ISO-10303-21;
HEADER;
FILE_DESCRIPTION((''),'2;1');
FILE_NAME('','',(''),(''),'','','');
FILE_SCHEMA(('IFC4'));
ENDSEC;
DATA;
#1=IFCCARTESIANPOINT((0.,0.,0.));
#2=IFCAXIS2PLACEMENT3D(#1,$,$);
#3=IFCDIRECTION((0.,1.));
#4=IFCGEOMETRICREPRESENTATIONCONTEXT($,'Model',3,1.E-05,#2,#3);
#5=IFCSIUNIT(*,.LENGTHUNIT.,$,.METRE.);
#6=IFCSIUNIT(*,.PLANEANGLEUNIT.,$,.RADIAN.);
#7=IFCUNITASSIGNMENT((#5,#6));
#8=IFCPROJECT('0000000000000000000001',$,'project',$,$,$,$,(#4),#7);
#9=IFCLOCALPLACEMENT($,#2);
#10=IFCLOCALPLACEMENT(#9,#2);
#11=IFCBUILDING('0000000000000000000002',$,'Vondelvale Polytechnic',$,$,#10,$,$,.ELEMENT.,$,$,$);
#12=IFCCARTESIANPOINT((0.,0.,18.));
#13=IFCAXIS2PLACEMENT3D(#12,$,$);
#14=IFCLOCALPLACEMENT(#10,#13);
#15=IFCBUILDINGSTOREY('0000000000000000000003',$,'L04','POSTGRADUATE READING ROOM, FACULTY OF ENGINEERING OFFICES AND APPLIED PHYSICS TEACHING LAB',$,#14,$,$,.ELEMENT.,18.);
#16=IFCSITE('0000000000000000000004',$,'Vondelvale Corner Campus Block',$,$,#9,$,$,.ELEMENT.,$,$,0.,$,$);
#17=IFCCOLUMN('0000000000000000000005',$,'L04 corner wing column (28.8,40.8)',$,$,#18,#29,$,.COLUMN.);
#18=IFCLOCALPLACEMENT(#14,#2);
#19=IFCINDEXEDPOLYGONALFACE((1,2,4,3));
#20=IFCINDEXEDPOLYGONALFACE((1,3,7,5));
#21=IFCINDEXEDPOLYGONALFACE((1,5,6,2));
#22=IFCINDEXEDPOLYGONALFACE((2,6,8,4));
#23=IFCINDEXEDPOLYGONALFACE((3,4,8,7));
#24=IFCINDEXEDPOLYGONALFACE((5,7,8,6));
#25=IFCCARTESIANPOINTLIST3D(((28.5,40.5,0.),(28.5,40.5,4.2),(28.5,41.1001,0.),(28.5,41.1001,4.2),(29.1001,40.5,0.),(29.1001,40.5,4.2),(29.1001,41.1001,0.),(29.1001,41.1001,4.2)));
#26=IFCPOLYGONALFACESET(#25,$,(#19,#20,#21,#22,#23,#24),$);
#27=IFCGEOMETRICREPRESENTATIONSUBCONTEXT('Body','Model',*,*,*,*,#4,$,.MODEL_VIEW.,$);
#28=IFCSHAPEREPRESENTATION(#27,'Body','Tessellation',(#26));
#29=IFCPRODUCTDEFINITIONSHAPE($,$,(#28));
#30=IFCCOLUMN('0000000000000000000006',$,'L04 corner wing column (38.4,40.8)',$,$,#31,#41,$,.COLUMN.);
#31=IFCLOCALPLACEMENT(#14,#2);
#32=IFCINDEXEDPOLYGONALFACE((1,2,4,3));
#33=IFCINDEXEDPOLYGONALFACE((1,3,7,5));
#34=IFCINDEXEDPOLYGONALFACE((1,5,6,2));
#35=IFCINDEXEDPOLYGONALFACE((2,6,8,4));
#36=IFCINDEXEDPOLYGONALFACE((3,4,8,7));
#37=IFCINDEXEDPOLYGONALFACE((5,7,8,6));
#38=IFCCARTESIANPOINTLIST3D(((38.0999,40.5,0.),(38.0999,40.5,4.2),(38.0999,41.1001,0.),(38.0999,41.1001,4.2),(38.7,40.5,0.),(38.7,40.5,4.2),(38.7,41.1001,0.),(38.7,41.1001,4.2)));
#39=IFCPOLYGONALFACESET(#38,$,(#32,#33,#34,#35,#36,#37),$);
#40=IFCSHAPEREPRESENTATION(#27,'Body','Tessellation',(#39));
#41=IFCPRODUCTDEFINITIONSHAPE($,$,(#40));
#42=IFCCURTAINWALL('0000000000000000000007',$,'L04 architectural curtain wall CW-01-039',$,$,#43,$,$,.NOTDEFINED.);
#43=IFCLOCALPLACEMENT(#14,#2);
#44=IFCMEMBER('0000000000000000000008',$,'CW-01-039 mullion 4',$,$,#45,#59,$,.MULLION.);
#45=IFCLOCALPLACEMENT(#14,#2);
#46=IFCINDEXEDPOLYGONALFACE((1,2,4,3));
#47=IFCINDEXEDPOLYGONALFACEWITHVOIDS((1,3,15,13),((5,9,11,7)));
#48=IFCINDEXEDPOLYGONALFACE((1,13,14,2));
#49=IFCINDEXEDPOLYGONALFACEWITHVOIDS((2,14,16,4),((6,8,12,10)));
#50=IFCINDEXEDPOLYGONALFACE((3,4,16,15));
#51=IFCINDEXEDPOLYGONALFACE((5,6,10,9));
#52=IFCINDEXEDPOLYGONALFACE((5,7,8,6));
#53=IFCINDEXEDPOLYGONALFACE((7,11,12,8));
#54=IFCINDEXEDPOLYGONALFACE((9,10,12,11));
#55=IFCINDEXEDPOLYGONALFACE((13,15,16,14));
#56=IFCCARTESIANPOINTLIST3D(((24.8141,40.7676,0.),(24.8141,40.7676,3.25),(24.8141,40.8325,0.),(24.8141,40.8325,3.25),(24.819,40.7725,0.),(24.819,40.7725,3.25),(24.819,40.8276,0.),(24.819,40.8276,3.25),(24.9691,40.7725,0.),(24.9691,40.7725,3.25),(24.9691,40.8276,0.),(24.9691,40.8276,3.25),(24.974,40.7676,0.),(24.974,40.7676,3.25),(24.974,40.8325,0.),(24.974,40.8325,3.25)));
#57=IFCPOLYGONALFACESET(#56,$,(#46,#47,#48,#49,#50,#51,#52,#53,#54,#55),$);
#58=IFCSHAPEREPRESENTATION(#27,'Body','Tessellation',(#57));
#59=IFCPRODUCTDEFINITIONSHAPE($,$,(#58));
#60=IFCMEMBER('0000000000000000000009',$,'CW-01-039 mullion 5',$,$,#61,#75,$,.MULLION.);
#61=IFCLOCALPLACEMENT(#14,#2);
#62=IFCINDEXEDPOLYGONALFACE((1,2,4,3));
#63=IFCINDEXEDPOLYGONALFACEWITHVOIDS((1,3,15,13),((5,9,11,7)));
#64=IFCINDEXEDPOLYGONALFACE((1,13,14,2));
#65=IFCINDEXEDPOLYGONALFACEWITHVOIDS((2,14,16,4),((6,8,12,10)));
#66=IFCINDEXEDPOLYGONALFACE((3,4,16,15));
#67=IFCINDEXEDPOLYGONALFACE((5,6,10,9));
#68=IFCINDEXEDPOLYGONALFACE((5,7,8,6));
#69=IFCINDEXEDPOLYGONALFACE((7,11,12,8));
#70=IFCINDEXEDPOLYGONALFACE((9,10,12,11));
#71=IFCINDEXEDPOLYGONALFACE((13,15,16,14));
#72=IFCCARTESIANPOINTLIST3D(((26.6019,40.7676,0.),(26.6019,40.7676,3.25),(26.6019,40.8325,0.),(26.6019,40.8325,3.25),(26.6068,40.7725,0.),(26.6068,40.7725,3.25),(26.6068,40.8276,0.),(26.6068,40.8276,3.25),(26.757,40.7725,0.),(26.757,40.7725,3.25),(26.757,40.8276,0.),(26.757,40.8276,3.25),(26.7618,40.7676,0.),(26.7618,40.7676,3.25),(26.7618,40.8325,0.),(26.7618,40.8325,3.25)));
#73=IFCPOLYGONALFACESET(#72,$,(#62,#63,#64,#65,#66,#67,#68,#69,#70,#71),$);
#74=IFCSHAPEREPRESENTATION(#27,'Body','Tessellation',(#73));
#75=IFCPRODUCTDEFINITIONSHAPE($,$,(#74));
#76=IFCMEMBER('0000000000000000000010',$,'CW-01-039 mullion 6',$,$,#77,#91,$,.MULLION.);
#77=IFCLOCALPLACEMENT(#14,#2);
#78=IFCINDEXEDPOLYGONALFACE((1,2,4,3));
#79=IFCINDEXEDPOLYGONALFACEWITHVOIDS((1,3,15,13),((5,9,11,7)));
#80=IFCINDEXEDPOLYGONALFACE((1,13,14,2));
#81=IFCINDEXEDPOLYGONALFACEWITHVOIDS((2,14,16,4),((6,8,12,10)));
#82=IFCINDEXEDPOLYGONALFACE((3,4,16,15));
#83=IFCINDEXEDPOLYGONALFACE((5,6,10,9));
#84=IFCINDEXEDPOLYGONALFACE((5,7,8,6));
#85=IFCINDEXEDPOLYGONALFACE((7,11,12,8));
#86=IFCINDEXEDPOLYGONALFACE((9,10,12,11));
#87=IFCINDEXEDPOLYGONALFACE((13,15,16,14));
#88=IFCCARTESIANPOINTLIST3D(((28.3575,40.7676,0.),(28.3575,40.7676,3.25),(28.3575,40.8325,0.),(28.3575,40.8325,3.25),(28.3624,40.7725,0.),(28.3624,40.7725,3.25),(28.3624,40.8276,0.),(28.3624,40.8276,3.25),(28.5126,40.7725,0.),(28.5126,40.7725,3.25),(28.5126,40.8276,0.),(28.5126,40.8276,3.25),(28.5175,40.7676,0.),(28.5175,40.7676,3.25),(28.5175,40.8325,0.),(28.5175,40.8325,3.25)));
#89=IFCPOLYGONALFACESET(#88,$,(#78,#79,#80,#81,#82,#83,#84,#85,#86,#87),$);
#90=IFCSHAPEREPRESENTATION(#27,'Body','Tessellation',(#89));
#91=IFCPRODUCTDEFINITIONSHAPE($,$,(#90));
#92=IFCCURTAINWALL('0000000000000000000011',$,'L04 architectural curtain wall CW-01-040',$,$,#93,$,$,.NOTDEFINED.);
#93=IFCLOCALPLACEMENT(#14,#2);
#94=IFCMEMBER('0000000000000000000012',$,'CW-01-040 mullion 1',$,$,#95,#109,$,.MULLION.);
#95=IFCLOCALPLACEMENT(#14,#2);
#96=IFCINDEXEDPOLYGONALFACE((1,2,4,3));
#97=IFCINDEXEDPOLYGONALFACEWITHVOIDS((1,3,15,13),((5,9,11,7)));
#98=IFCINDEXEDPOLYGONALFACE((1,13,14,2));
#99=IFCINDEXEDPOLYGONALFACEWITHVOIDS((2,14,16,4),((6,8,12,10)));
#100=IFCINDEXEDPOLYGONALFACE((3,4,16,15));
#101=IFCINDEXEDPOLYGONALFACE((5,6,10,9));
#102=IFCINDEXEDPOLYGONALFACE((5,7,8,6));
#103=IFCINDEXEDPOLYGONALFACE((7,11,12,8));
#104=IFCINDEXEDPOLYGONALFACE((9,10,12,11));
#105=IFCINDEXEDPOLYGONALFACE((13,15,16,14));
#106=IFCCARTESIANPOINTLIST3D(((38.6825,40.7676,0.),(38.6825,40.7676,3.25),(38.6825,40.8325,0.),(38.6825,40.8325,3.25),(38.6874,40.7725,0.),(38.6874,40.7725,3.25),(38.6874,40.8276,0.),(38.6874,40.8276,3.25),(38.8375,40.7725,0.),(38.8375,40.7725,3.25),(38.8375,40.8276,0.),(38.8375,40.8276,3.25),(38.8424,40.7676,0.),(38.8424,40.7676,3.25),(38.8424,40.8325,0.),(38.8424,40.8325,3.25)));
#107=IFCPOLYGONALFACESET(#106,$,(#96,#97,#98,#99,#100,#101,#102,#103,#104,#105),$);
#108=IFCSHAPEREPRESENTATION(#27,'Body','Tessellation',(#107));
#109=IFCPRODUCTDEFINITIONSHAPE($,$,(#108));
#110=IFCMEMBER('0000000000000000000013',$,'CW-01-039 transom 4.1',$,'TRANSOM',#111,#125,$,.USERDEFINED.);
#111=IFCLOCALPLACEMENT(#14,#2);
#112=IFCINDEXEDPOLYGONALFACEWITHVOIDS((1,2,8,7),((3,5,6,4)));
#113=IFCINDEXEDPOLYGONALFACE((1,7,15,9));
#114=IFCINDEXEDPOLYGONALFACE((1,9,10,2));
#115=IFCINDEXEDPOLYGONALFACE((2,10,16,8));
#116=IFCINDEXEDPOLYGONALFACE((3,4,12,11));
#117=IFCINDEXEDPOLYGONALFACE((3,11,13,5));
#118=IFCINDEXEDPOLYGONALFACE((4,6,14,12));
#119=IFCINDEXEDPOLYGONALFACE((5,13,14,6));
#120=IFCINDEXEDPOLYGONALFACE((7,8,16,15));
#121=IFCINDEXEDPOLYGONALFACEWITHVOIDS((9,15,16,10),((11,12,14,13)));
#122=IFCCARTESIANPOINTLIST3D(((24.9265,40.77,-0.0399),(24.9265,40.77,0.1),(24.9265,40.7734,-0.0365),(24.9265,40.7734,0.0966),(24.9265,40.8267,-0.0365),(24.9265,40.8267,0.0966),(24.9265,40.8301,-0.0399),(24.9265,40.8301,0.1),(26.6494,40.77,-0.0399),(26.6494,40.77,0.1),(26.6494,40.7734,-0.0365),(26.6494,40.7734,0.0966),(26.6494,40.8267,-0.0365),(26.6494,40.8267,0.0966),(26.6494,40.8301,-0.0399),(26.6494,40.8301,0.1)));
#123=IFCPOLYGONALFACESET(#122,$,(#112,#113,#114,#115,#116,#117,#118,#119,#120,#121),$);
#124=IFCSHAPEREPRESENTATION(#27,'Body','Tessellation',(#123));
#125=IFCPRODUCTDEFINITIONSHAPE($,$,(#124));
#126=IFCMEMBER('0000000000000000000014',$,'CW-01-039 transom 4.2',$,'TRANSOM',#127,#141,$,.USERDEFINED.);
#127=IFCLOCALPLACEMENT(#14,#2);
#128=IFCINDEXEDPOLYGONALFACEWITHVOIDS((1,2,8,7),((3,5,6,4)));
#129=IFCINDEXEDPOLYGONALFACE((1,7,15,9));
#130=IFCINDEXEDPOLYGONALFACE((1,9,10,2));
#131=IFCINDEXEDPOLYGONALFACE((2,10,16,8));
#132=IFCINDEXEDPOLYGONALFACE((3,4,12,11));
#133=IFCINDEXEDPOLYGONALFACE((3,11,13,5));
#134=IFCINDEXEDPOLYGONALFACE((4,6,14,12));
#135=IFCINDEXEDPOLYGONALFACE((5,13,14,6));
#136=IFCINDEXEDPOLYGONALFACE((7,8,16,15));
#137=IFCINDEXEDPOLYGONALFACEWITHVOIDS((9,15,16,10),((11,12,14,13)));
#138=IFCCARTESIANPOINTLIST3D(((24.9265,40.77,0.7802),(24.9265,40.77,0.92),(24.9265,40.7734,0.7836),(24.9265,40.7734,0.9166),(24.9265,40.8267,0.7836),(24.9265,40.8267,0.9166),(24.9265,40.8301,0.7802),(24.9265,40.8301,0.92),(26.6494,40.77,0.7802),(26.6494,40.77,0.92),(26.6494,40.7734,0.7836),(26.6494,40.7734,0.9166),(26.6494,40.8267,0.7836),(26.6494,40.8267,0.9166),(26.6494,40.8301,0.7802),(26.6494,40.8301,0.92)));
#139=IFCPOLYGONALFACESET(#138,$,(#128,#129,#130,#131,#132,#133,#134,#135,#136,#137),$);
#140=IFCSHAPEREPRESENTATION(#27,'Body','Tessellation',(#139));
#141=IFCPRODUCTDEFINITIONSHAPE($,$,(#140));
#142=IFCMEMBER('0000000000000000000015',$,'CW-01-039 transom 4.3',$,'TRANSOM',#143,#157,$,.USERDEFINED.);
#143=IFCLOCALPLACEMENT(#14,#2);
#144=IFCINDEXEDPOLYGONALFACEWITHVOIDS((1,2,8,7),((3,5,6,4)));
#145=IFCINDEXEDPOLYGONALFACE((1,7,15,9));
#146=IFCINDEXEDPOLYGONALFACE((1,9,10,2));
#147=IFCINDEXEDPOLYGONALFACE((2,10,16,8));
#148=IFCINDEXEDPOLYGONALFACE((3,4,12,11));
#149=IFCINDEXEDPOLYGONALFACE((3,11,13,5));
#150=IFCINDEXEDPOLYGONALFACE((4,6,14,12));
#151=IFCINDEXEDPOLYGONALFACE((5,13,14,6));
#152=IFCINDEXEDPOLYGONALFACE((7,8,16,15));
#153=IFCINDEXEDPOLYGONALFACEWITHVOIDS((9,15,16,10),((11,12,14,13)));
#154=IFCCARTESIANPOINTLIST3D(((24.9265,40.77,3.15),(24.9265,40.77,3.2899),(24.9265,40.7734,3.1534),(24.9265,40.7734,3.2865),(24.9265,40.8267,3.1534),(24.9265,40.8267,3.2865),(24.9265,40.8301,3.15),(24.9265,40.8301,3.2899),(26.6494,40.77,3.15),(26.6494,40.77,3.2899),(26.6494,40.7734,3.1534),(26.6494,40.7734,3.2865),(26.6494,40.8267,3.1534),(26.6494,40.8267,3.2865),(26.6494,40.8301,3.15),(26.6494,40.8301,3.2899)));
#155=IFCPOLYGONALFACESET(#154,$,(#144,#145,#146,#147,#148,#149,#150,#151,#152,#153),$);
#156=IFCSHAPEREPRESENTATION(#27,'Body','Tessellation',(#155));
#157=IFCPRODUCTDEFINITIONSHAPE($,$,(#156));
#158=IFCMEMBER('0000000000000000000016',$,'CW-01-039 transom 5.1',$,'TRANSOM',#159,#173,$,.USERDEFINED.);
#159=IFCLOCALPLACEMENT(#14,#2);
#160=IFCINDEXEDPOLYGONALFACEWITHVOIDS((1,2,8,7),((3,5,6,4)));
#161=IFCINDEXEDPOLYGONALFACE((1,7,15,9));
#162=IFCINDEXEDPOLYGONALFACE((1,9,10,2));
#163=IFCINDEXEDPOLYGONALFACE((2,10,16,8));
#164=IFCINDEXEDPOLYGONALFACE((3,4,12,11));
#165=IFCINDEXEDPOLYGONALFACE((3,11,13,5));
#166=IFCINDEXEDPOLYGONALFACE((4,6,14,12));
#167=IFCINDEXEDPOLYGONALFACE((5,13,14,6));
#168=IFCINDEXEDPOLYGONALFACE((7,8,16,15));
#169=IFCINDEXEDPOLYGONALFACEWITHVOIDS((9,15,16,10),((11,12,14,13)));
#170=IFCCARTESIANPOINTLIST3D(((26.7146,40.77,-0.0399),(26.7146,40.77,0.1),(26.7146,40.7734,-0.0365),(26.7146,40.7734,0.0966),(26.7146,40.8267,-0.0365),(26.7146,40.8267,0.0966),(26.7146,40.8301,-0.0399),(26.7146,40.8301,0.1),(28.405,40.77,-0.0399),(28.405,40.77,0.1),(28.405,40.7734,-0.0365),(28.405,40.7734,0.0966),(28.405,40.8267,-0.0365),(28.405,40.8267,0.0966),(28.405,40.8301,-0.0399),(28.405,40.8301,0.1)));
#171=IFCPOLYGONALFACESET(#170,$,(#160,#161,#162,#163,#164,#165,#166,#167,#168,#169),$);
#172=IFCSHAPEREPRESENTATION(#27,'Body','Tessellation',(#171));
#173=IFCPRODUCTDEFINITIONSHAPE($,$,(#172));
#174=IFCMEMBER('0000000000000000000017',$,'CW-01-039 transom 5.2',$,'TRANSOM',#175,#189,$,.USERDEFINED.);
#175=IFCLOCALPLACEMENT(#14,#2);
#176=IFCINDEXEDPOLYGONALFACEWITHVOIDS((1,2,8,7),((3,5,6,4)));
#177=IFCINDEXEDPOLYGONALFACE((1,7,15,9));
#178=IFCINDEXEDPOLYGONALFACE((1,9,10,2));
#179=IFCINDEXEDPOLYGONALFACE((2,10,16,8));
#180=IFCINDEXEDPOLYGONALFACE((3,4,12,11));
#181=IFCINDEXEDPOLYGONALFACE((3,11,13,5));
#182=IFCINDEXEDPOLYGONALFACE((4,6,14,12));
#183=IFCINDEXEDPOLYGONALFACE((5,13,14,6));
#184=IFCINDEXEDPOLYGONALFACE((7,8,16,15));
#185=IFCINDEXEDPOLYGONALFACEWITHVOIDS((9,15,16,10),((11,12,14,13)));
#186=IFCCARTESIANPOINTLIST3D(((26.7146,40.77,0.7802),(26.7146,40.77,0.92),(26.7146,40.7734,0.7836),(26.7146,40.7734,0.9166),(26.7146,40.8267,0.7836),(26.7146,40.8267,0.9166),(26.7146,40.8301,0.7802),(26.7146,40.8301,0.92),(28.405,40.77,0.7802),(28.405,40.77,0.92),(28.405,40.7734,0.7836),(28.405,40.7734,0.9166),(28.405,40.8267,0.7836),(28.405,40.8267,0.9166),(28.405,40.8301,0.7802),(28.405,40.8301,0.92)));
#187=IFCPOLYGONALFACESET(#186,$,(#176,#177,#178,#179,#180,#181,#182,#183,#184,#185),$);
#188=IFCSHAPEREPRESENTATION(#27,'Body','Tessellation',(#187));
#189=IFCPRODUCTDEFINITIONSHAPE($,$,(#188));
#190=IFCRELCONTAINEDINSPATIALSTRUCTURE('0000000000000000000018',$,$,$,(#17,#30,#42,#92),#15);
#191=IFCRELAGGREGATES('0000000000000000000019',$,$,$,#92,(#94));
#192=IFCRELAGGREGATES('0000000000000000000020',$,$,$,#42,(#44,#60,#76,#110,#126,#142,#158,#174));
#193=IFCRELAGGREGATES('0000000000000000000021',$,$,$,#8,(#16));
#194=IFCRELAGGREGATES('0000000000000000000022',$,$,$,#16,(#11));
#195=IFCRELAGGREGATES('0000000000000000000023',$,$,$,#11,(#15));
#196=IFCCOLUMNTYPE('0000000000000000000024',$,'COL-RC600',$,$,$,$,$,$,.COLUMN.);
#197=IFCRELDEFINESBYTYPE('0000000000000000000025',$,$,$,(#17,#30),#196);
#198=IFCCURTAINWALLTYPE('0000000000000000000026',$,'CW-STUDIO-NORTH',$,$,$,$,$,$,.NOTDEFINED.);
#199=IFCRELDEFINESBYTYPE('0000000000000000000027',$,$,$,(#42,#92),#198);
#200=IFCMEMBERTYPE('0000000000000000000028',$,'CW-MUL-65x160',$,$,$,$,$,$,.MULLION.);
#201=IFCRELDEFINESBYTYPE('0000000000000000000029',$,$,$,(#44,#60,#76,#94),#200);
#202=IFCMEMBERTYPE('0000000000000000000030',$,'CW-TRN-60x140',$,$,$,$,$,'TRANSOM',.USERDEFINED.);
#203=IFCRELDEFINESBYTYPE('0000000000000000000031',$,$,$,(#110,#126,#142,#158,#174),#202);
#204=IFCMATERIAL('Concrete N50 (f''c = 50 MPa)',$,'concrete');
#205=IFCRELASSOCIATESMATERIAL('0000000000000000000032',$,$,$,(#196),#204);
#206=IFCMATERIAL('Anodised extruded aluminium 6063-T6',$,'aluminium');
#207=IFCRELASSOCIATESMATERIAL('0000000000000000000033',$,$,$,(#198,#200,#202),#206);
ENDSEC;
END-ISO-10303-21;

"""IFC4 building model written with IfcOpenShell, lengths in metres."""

from ifc_helpers import new_model, si_unit, direction, frame, origin, origin_2d, place, context, subcontext, project, spatial, rectangle, hollow_rectangle, extrude, material, material_profile, profile_set, type_object, element, aggregate, save


model = new_model("IFC4")

# Units and contexts
model_context = context("Model", 3, precision=1e-05, world=origin(), true_north=direction((0.0, 1.0)))
body_context = subcontext(model_context, "Body", "Model", "MODEL_VIEW")
ifc_project = project(units=[si_unit("LENGTHUNIT", "METRE"), si_unit("PLANEANGLEUNIT", "RADIAN")], contexts=[model_context])

# Site, building, storey
site_placement = place(None, origin())
site = spatial("IfcSite", under=ifc_project, at=site_placement, Name="Vondelvale Corner Campus Block", CompositionType="ELEMENT", RefElevation=0.0)
building_placement = place(site_placement, origin())
building = spatial("IfcBuilding", under=site, at=building_placement, Name="Vondelvale Polytechnic", CompositionType="ELEMENT")
storey_placement = place(building_placement, frame((0.0, 0.0, 18.0)))
storey = spatial("IfcBuildingStorey", under=building, at=storey_placement, Name="L04", Description="POSTGRADUATE READING ROOM, FACULTY OF ENGINEERING OFFICES AND APPLIED PHYSICS TEACHING LAB", CompositionType="ELEMENT", Elevation=18.0)

# Columns
ifc_material_1 = material(Name="Concrete N50 (f'c = 50 MPa)", Category="concrete")
ifc_material_profile_1 = material_profile(ifc_material_1, rectangle(XDim=0.6001, YDim=0.6001, at=origin_2d()), Name="RC-COL-600x600")
ifc_profile_set_1 = profile_set([ifc_material_profile_1], Name="Concrete N50 (f'c = 50 MPa)")
column_type = type_object("IfcColumnType", Name="COL-RC600", PredefinedType="COLUMN", material=ifc_profile_set_1)
for number, where, z_axis, x_axis, name in (
    (1, (28.8, 40.8, 0.0), (0.0, 0.0, 1.0), (1.0, 0.0, 0.0), "L04 corner wing column (28.8,40.8)"),
    (2, (38.3999, 40.8, 0.0), (0.0, 0.0, 1.0), (1.0, 0.0, 0.0), "L04 corner wing column (38.4,40.8)"),
):
    element("IfcColumn", number, at=place(storey_placement, frame(where, z_axis=z_axis, x_axis=x_axis)), inside=storey, type_object=column_type, Name=name, PredefinedType="COLUMN", context=body_context, shape_type="SweptSolid", body=[
        extrude(rectangle(XDim=0.6001, YDim=0.6001, at=origin_2d()), origin(), (0.0, 0.0, 1.0), 4.2),
    ])

# Curtain wall, members
ifc_material_2 = material(Name="Anodised extruded aluminium 6063-T6", Category="aluminium")
curtain_wall_type = type_object("IfcCurtainWallType", Name="CW-STUDIO-NORTH", PredefinedType="NOTDEFINED", material=ifc_material_2)
curtain_wall_1_placement = place(storey_placement, origin())
curtain_wall_1 = element("IfcCurtainWall", 3, at=curtain_wall_1_placement, inside=storey, type_object=curtain_wall_type, Name="L04 architectural curtain wall CW-01-039", PredefinedType="NOTDEFINED")
ifc_material_profile_2 = material_profile(ifc_material_2, hollow_rectangle(XDim=0.0649, YDim=0.1599, WallThickness=0.0049, at=origin_2d()), Name="CW-MUL-160x65")
ifc_profile_set_2 = profile_set([ifc_material_profile_2], Name="Anodised extruded aluminium 6063-T6")
member_type_1 = type_object("IfcMemberType", Name="CW-MUL-65x160", PredefinedType="MULLION", material=ifc_profile_set_2)
member_1_placement = place(storey_placement, frame((24.894, 40.8, 0.0), z_axis=(0.0, 0.0, 1.0), x_axis=(0.0, 1.0, 0.0)))
member_1 = element("IfcMember", 4, at=member_1_placement, type_object=member_type_1, Name="CW-01-039 mullion 4", PredefinedType="MULLION", context=body_context, shape_type="SweptSolid", body=[
    extrude(hollow_rectangle(XDim=0.0649, YDim=0.1599, WallThickness=0.0049, at=origin_2d()), origin(), (0.0, 0.0, 1.0), 3.25),
])
member_2_placement = place(storey_placement, frame((26.6819, 40.8, 0.0), z_axis=(0.0, 0.0, 1.0), x_axis=(0.0, 1.0, 0.0)))
member_2 = element("IfcMember", 5, at=member_2_placement, type_object=member_type_1, Name="CW-01-039 mullion 5", PredefinedType="MULLION", context=body_context, shape_type="SweptSolid", body=[
    extrude(hollow_rectangle(XDim=0.0649, YDim=0.1599, WallThickness=0.0049, at=origin_2d()), origin(), (0.0, 0.0, 1.0), 3.25),
])
member_3_placement = place(storey_placement, frame((28.4375, 40.8, 0.0), z_axis=(0.0, 0.0, 1.0), x_axis=(0.0, 1.0, 0.0)))
member_3 = element("IfcMember", 6, at=member_3_placement, type_object=member_type_1, Name="CW-01-039 mullion 6", PredefinedType="MULLION", context=body_context, shape_type="SweptSolid", body=[
    extrude(hollow_rectangle(XDim=0.0649, YDim=0.1599, WallThickness=0.0049, at=origin_2d()), origin(), (0.0, 0.0, 1.0), 3.25),
])

# Curtain wall, member
curtain_wall_2_placement = place(storey_placement, origin())
curtain_wall_2 = element("IfcCurtainWall", 7, at=curtain_wall_2_placement, inside=storey, type_object=curtain_wall_type, Name="L04 architectural curtain wall CW-01-040", PredefinedType="NOTDEFINED")
member_4_placement = place(storey_placement, frame((38.7625, 40.8, 0.0), z_axis=(0.0, 0.0, 1.0), x_axis=(0.0, 1.0, 0.0)))
member_4 = element("IfcMember", 8, at=member_4_placement, type_object=member_type_1, Name="CW-01-040 mullion 1", PredefinedType="MULLION", context=body_context, shape_type="SweptSolid", body=[
    extrude(hollow_rectangle(XDim=0.0649, YDim=0.1599, WallThickness=0.0049, at=origin_2d()), origin(), (0.0, 0.0, 1.0), 3.25),
])

# Members
ifc_material_profile_3 = material_profile(ifc_material_2, hollow_rectangle(XDim=0.0601, YDim=0.1399, WallThickness=0.0034, at=origin_2d()), Name="CW-TRN-140x60")
ifc_profile_set_3 = profile_set([ifc_material_profile_3], Name="Anodised extruded aluminium 6063-T6")
member_type_2 = type_object("IfcMemberType", Name="CW-TRN-60x140", ElementType="TRANSOM", PredefinedType="USERDEFINED", material=ifc_profile_set_3)
member_5_placement = place(storey_placement, frame((24.9265, 40.8, 0.03), z_axis=(1.0, 0.0, 0.0), x_axis=(0.0, 1.0, 0.0)))
member_5 = element("IfcMember", 9, at=member_5_placement, type_object=member_type_2, Name="CW-01-039 transom 4.1", ObjectType="TRANSOM", PredefinedType="USERDEFINED", context=body_context, shape_type="SweptSolid", body=[
    extrude(hollow_rectangle(XDim=0.0601, YDim=0.1399, WallThickness=0.0034, at=origin_2d()), origin(), (0.0, 0.0, 1.0), 1.7229),
])
member_6_placement = place(storey_placement, frame((24.9265, 40.8, 0.8501), z_axis=(1.0, 0.0, 0.0), x_axis=(0.0, 1.0, 0.0)))
member_6 = element("IfcMember", 10, at=member_6_placement, type_object=member_type_2, Name="CW-01-039 transom 4.2", ObjectType="TRANSOM", PredefinedType="USERDEFINED", context=body_context, shape_type="SweptSolid", body=[
    extrude(hollow_rectangle(XDim=0.0601, YDim=0.1399, WallThickness=0.0034, at=origin_2d()), origin(), (0.0, 0.0, 1.0), 1.7229),
])
member_7_placement = place(storey_placement, frame((24.9265, 40.8, 3.22), z_axis=(1.0, 0.0, 0.0), x_axis=(0.0, 1.0, 0.0)))
member_7 = element("IfcMember", 11, at=member_7_placement, type_object=member_type_2, Name="CW-01-039 transom 4.3", ObjectType="TRANSOM", PredefinedType="USERDEFINED", context=body_context, shape_type="SweptSolid", body=[
    extrude(hollow_rectangle(XDim=0.0601, YDim=0.1399, WallThickness=0.0034, at=origin_2d()), origin(), (0.0, 0.0, 1.0), 1.7229),
])
member_8_placement = place(storey_placement, frame((26.7146, 40.8, 0.03), z_axis=(1.0, 0.0, 0.0), x_axis=(0.0, 1.0, 0.0)))
member_8 = element("IfcMember", 12, at=member_8_placement, type_object=member_type_2, Name="CW-01-039 transom 5.1", ObjectType="TRANSOM", PredefinedType="USERDEFINED", context=body_context, shape_type="SweptSolid", body=[
    extrude(hollow_rectangle(XDim=0.0601, YDim=0.1399, WallThickness=0.0034, at=origin_2d()), origin(), (0.0, 0.0, 1.0), 1.6904),
])
member_9_placement = place(storey_placement, frame((26.7146, 40.8, 0.8501), z_axis=(1.0, 0.0, 0.0), x_axis=(0.0, 1.0, 0.0)))
member_9 = element("IfcMember", 13, at=member_9_placement, type_object=member_type_2, Name="CW-01-039 transom 5.2", ObjectType="TRANSOM", PredefinedType="USERDEFINED", context=body_context, shape_type="SweptSolid", body=[
    extrude(hollow_rectangle(XDim=0.0601, YDim=0.1399, WallThickness=0.0034, at=origin_2d()), origin(), (0.0, 0.0, 1.0), 1.6904),
])
aggregate(curtain_wall_2, [member_4])

aggregate(curtain_wall_1, [member_1, member_2, member_3, member_5, member_6, member_7, member_8, member_9])

save(model, "model.ifc")
